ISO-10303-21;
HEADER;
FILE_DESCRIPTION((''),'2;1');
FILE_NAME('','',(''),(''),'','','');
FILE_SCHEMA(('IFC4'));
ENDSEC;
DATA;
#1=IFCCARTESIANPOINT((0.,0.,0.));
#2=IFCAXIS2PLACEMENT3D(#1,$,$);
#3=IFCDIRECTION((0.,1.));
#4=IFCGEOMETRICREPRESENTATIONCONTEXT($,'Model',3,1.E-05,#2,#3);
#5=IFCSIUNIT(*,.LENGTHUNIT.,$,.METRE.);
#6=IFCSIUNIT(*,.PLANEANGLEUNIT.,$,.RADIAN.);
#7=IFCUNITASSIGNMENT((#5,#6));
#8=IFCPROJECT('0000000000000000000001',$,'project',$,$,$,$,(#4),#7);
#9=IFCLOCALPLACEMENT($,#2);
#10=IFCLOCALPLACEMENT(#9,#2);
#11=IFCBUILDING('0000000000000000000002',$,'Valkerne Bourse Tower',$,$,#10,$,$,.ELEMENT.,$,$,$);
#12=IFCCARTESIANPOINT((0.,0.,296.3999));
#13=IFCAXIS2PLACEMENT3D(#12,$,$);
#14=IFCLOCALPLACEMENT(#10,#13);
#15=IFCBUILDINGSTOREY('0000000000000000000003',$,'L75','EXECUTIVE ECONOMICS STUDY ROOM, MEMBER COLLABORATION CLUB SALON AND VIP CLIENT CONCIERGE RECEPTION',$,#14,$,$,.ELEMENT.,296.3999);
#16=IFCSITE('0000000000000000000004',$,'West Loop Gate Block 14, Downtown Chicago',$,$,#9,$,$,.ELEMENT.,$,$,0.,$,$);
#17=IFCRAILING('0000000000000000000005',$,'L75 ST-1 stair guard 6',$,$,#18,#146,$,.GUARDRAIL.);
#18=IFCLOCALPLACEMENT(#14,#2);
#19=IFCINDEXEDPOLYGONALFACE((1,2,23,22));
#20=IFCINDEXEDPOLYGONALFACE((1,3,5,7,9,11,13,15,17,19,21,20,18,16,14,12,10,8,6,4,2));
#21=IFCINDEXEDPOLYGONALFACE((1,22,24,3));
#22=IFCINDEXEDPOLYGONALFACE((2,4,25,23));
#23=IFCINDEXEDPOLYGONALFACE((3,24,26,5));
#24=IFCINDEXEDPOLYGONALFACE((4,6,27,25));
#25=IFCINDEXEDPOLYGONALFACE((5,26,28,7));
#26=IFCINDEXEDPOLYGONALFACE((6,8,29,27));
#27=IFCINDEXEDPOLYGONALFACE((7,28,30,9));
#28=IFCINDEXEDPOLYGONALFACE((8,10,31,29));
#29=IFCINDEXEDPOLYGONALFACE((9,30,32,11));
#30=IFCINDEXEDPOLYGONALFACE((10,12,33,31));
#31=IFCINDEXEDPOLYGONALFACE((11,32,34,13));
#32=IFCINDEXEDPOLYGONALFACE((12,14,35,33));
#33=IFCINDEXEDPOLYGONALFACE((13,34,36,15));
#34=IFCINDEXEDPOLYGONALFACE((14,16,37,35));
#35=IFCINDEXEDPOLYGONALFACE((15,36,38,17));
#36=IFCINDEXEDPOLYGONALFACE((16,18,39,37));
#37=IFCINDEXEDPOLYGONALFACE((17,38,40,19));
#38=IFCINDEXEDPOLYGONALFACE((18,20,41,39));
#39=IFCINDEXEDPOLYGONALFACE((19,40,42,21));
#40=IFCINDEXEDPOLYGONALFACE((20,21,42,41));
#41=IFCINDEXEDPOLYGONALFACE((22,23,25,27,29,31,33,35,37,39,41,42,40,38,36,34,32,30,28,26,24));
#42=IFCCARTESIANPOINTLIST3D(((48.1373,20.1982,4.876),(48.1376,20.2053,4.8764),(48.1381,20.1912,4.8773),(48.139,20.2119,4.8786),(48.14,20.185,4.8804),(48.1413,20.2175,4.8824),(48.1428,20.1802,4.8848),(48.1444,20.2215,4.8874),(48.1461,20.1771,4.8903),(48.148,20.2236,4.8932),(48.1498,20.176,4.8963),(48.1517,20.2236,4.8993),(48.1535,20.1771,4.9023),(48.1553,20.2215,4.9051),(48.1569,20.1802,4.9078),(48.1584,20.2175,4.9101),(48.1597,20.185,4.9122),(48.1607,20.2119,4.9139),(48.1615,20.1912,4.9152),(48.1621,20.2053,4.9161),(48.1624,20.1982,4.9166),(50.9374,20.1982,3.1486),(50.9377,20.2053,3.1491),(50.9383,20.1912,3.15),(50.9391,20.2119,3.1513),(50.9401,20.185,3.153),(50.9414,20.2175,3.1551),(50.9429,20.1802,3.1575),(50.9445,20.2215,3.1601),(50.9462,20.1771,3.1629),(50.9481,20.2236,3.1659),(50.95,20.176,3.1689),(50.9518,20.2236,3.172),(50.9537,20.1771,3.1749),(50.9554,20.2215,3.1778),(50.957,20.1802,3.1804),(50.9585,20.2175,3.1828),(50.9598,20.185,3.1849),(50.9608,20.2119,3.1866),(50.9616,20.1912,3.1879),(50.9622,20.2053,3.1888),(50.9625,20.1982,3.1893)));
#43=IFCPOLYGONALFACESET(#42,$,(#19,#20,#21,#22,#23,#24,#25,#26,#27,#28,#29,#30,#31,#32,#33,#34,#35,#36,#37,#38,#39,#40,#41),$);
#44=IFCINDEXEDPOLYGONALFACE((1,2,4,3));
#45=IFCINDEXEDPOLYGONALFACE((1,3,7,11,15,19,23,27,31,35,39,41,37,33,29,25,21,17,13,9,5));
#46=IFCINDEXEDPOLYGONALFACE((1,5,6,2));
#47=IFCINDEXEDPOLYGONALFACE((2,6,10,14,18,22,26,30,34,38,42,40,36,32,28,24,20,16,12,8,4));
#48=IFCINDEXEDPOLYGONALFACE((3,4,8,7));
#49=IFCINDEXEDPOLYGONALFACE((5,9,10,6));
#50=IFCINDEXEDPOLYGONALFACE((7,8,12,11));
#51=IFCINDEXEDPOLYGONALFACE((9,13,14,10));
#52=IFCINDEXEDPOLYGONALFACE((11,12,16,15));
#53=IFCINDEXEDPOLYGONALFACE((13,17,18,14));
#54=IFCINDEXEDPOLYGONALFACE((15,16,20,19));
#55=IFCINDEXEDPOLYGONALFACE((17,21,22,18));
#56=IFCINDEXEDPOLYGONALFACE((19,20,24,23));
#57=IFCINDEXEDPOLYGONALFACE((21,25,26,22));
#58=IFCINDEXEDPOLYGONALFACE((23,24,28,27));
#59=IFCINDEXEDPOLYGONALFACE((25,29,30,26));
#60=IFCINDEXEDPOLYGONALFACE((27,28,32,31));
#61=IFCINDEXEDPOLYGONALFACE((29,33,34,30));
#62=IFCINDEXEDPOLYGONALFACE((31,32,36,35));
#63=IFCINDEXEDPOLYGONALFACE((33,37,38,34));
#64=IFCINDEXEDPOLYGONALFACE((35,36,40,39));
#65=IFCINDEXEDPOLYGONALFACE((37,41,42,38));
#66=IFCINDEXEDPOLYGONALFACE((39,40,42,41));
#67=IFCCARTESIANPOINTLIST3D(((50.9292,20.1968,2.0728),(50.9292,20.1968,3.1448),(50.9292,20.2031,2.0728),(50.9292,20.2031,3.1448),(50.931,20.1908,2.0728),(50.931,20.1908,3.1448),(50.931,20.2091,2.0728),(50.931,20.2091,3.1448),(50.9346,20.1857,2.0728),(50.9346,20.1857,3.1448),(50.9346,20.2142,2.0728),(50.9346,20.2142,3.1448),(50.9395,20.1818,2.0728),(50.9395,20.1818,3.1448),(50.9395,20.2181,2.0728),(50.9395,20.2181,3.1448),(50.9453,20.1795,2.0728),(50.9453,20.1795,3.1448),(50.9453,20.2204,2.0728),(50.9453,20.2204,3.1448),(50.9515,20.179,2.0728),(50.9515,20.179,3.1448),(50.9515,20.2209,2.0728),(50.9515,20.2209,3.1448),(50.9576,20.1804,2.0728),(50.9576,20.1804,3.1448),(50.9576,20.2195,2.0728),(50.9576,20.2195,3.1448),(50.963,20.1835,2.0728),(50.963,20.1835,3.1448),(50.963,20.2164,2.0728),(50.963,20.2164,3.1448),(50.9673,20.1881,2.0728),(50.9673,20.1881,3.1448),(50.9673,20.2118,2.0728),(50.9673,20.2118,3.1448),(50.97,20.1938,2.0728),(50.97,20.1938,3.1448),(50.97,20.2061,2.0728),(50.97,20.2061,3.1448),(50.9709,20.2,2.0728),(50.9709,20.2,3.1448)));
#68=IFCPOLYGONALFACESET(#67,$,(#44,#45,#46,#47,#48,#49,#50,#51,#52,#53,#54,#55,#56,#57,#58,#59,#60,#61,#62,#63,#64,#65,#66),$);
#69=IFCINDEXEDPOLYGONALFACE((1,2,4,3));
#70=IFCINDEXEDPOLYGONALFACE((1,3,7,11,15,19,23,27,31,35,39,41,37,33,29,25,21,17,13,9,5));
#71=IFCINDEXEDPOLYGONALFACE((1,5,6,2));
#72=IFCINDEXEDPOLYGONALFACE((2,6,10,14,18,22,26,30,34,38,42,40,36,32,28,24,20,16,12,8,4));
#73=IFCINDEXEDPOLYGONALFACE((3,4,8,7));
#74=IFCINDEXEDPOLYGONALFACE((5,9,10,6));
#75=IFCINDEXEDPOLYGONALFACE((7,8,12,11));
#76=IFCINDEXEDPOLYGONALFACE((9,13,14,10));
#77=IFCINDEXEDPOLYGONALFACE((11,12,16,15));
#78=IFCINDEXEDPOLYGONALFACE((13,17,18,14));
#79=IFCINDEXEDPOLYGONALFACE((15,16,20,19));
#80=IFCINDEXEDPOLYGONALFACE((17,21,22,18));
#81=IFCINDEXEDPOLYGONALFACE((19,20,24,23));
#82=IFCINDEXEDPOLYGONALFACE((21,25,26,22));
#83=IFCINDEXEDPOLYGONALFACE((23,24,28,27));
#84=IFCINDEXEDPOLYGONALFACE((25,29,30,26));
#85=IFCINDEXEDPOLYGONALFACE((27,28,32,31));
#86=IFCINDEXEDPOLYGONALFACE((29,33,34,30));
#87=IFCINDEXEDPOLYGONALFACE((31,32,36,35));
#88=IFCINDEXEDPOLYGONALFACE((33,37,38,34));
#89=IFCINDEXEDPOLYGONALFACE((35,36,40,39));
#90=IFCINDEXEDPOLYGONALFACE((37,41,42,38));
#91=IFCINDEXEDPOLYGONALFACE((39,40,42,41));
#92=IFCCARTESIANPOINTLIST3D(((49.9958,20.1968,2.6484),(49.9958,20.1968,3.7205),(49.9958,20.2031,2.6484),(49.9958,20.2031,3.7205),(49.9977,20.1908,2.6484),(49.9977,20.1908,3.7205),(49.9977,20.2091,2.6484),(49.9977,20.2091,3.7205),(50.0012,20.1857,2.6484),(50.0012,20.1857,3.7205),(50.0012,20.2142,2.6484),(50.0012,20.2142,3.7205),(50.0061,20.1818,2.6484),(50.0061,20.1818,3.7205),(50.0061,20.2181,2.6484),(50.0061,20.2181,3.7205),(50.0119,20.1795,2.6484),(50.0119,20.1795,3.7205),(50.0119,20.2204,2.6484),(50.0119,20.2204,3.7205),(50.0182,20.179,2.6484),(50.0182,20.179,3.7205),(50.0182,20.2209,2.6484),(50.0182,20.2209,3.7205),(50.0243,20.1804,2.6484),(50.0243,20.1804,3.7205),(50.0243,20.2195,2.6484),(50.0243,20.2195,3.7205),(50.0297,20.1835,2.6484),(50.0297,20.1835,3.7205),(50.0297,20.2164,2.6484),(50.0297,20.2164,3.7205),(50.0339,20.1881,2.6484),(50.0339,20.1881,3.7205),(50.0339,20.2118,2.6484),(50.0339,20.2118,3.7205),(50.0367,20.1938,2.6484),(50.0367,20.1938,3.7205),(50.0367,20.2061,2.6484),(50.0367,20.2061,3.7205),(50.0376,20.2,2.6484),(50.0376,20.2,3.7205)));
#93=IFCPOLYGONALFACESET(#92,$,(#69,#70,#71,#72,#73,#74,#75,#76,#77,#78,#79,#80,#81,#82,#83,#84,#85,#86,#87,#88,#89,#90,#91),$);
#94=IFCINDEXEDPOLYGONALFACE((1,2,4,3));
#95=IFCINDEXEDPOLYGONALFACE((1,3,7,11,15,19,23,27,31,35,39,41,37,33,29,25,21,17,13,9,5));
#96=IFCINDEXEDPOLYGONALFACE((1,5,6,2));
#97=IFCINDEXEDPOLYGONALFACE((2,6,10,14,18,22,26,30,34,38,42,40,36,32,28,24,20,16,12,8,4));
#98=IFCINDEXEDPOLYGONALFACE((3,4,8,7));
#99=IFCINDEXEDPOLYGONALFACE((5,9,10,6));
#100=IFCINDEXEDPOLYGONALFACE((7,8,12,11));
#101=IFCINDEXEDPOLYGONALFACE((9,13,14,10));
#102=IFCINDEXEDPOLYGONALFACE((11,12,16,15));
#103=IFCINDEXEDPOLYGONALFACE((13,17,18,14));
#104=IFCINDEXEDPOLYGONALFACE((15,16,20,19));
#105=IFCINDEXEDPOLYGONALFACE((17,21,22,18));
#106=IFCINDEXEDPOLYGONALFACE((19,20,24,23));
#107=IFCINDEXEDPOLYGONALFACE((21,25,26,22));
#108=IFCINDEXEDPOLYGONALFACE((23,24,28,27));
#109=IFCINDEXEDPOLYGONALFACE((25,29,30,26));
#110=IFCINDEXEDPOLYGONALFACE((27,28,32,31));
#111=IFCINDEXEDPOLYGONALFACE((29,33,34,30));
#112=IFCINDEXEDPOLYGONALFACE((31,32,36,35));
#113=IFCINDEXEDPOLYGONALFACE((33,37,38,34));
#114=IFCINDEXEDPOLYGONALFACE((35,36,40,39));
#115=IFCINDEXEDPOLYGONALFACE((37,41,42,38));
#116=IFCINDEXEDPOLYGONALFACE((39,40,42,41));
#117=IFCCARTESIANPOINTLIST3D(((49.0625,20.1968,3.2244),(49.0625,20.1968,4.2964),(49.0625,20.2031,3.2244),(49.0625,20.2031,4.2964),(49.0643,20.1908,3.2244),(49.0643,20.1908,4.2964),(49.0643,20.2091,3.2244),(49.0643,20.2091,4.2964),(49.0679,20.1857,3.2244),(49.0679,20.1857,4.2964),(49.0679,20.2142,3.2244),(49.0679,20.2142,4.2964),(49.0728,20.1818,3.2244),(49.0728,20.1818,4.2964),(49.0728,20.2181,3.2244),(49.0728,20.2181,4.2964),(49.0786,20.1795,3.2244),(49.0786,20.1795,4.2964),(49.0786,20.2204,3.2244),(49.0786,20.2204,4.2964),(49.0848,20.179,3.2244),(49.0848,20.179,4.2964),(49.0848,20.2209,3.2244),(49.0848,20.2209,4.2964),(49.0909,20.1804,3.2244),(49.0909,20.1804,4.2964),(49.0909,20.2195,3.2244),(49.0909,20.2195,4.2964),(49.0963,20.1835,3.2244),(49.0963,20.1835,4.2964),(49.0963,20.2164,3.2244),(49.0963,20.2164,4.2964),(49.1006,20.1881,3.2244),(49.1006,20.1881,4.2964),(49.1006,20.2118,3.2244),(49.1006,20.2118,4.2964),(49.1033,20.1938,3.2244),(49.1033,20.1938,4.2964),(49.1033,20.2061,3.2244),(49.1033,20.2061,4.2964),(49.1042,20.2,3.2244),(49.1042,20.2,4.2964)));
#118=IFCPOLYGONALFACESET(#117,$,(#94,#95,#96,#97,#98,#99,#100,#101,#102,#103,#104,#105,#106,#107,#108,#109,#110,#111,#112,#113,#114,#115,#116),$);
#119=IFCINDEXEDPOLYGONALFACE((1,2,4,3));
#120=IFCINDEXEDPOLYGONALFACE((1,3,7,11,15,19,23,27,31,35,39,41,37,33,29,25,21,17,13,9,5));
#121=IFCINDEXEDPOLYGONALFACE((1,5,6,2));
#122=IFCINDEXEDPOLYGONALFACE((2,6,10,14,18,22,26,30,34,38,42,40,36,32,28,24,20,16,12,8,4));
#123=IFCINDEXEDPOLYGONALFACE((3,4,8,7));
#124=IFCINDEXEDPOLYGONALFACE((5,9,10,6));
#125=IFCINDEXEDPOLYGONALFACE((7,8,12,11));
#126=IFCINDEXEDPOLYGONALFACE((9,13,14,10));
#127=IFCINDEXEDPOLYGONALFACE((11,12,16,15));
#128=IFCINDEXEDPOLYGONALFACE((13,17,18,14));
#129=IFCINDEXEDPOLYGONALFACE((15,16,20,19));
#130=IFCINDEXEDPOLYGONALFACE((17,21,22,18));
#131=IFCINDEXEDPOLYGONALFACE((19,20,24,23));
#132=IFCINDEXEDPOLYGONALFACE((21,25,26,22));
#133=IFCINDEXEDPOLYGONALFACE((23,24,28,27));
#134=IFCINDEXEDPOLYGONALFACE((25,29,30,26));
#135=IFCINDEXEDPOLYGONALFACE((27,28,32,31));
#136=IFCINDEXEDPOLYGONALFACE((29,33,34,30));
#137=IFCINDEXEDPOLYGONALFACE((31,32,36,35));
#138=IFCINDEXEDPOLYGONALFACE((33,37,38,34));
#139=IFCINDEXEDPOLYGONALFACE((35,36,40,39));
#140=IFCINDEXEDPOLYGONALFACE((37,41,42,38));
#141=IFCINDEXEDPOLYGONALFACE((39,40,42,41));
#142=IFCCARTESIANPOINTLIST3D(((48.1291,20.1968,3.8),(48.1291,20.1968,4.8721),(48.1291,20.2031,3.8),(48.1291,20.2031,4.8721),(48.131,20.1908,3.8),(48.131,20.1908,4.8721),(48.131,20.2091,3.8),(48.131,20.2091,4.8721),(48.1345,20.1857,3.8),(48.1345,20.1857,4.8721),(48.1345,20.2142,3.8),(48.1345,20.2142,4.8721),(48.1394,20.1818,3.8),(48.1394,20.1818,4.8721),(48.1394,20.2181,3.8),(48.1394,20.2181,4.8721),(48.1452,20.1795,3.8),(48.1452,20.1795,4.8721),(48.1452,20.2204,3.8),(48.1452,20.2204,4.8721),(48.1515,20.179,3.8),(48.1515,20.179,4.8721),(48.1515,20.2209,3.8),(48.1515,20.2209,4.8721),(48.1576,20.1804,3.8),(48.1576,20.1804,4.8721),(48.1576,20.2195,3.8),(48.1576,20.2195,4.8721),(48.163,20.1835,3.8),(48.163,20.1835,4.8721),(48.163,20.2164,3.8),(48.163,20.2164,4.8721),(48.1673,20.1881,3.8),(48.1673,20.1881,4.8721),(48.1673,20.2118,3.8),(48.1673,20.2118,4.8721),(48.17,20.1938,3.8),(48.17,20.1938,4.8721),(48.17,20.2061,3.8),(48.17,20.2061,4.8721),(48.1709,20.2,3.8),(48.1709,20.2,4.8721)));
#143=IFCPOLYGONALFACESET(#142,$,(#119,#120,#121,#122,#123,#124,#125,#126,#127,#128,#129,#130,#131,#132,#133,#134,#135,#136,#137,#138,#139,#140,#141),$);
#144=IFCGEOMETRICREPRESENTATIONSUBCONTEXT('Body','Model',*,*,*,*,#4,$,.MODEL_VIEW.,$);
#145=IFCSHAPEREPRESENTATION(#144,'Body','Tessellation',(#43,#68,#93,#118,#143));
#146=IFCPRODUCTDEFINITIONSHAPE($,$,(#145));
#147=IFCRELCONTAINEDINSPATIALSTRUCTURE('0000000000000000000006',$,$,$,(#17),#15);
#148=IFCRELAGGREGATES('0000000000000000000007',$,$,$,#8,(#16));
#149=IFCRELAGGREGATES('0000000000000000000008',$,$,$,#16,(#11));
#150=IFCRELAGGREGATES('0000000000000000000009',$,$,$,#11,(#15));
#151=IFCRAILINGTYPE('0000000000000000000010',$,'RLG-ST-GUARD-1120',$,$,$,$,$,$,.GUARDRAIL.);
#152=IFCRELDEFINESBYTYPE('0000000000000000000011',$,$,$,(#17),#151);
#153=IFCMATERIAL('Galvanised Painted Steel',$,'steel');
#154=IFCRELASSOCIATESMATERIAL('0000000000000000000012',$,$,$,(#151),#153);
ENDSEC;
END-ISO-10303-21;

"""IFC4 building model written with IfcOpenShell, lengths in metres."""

from ifc_helpers import new_model, si_unit, direction, frame, origin, origin_2d, place, context, subcontext, project, spatial, circle, extrude, material, type_object, element, save


model = new_model("IFC4")

# Units and contexts
model_context = context("Model", 3, precision=1e-05, world=origin(), true_north=direction((0.0, 1.0)))
body_context = subcontext(model_context, "Body", "Model", "MODEL_VIEW")
ifc_project = project(units=[si_unit("LENGTHUNIT", "METRE"), si_unit("PLANEANGLEUNIT", "RADIAN")], contexts=[model_context])

# Site, building, storey
site_placement = place(None, origin())
site = spatial("IfcSite", under=ifc_project, at=site_placement, Name="West Loop Gate Block 14, Downtown Chicago", CompositionType="ELEMENT", RefElevation=0.0)
building_placement = place(site_placement, origin())
building = spatial("IfcBuilding", under=site, at=building_placement, Name="Valkerne Bourse Tower", CompositionType="ELEMENT")
storey_placement = place(building_placement, frame((0.0, 0.0, 296.3999)))
storey = spatial("IfcBuildingStorey", under=building, at=storey_placement, Name="L75", Description="EXECUTIVE ECONOMICS STUDY ROOM, MEMBER COLLABORATION CLUB SALON AND VIP CLIENT CONCIERGE RECEPTION", CompositionType="ELEMENT", Elevation=296.3999)

# Shared definitions
ifc_material_1 = material(Name="Galvanised Painted Steel", Category="steel")

# Railing
railing_type_1 = type_object("IfcRailingType", Name="RLG-ST-GUARD-1120", PredefinedType="GUARDRAIL", material=ifc_material_1)
railing_1_placement = place(storey_placement, frame((50.95, 20.2, 2.0728)))
element("IfcRailing", 1, at=railing_1_placement, inside=storey, type_object=railing_type_1, Name="L75 ST-1 stair guard 6", PredefinedType="GUARDRAIL", context=body_context, shape_type="SweptSolid", body=[
    extrude(circle(Radius=0.0239, at=origin_2d()), frame((0.0, 0.0, 1.0962), z_axis=(-0.85109, 0.0, 0.52502), x_axis=(0.0, -1.0, 0.0)), (0.0, 0.0, 1.0), 3.29),
    extrude(circle(Radius=0.021, at=origin_2d()), origin(), (0.0, 0.0, 1.0), 1.072),
    extrude(circle(Radius=0.021, at=origin_2d()), frame((-0.9333, 0.0, 0.5757)), (0.0, 0.0, 1.0), 1.072),
    extrude(circle(Radius=0.021, at=origin_2d()), frame((-1.8667, 0.0, 1.1516)), (0.0, 0.0, 1.0), 1.072),
    extrude(circle(Radius=0.021, at=origin_2d()), frame((-2.8, 0.0, 1.7273)), (0.0, 0.0, 1.0), 1.072),
])

save(model, "model.ifc")
